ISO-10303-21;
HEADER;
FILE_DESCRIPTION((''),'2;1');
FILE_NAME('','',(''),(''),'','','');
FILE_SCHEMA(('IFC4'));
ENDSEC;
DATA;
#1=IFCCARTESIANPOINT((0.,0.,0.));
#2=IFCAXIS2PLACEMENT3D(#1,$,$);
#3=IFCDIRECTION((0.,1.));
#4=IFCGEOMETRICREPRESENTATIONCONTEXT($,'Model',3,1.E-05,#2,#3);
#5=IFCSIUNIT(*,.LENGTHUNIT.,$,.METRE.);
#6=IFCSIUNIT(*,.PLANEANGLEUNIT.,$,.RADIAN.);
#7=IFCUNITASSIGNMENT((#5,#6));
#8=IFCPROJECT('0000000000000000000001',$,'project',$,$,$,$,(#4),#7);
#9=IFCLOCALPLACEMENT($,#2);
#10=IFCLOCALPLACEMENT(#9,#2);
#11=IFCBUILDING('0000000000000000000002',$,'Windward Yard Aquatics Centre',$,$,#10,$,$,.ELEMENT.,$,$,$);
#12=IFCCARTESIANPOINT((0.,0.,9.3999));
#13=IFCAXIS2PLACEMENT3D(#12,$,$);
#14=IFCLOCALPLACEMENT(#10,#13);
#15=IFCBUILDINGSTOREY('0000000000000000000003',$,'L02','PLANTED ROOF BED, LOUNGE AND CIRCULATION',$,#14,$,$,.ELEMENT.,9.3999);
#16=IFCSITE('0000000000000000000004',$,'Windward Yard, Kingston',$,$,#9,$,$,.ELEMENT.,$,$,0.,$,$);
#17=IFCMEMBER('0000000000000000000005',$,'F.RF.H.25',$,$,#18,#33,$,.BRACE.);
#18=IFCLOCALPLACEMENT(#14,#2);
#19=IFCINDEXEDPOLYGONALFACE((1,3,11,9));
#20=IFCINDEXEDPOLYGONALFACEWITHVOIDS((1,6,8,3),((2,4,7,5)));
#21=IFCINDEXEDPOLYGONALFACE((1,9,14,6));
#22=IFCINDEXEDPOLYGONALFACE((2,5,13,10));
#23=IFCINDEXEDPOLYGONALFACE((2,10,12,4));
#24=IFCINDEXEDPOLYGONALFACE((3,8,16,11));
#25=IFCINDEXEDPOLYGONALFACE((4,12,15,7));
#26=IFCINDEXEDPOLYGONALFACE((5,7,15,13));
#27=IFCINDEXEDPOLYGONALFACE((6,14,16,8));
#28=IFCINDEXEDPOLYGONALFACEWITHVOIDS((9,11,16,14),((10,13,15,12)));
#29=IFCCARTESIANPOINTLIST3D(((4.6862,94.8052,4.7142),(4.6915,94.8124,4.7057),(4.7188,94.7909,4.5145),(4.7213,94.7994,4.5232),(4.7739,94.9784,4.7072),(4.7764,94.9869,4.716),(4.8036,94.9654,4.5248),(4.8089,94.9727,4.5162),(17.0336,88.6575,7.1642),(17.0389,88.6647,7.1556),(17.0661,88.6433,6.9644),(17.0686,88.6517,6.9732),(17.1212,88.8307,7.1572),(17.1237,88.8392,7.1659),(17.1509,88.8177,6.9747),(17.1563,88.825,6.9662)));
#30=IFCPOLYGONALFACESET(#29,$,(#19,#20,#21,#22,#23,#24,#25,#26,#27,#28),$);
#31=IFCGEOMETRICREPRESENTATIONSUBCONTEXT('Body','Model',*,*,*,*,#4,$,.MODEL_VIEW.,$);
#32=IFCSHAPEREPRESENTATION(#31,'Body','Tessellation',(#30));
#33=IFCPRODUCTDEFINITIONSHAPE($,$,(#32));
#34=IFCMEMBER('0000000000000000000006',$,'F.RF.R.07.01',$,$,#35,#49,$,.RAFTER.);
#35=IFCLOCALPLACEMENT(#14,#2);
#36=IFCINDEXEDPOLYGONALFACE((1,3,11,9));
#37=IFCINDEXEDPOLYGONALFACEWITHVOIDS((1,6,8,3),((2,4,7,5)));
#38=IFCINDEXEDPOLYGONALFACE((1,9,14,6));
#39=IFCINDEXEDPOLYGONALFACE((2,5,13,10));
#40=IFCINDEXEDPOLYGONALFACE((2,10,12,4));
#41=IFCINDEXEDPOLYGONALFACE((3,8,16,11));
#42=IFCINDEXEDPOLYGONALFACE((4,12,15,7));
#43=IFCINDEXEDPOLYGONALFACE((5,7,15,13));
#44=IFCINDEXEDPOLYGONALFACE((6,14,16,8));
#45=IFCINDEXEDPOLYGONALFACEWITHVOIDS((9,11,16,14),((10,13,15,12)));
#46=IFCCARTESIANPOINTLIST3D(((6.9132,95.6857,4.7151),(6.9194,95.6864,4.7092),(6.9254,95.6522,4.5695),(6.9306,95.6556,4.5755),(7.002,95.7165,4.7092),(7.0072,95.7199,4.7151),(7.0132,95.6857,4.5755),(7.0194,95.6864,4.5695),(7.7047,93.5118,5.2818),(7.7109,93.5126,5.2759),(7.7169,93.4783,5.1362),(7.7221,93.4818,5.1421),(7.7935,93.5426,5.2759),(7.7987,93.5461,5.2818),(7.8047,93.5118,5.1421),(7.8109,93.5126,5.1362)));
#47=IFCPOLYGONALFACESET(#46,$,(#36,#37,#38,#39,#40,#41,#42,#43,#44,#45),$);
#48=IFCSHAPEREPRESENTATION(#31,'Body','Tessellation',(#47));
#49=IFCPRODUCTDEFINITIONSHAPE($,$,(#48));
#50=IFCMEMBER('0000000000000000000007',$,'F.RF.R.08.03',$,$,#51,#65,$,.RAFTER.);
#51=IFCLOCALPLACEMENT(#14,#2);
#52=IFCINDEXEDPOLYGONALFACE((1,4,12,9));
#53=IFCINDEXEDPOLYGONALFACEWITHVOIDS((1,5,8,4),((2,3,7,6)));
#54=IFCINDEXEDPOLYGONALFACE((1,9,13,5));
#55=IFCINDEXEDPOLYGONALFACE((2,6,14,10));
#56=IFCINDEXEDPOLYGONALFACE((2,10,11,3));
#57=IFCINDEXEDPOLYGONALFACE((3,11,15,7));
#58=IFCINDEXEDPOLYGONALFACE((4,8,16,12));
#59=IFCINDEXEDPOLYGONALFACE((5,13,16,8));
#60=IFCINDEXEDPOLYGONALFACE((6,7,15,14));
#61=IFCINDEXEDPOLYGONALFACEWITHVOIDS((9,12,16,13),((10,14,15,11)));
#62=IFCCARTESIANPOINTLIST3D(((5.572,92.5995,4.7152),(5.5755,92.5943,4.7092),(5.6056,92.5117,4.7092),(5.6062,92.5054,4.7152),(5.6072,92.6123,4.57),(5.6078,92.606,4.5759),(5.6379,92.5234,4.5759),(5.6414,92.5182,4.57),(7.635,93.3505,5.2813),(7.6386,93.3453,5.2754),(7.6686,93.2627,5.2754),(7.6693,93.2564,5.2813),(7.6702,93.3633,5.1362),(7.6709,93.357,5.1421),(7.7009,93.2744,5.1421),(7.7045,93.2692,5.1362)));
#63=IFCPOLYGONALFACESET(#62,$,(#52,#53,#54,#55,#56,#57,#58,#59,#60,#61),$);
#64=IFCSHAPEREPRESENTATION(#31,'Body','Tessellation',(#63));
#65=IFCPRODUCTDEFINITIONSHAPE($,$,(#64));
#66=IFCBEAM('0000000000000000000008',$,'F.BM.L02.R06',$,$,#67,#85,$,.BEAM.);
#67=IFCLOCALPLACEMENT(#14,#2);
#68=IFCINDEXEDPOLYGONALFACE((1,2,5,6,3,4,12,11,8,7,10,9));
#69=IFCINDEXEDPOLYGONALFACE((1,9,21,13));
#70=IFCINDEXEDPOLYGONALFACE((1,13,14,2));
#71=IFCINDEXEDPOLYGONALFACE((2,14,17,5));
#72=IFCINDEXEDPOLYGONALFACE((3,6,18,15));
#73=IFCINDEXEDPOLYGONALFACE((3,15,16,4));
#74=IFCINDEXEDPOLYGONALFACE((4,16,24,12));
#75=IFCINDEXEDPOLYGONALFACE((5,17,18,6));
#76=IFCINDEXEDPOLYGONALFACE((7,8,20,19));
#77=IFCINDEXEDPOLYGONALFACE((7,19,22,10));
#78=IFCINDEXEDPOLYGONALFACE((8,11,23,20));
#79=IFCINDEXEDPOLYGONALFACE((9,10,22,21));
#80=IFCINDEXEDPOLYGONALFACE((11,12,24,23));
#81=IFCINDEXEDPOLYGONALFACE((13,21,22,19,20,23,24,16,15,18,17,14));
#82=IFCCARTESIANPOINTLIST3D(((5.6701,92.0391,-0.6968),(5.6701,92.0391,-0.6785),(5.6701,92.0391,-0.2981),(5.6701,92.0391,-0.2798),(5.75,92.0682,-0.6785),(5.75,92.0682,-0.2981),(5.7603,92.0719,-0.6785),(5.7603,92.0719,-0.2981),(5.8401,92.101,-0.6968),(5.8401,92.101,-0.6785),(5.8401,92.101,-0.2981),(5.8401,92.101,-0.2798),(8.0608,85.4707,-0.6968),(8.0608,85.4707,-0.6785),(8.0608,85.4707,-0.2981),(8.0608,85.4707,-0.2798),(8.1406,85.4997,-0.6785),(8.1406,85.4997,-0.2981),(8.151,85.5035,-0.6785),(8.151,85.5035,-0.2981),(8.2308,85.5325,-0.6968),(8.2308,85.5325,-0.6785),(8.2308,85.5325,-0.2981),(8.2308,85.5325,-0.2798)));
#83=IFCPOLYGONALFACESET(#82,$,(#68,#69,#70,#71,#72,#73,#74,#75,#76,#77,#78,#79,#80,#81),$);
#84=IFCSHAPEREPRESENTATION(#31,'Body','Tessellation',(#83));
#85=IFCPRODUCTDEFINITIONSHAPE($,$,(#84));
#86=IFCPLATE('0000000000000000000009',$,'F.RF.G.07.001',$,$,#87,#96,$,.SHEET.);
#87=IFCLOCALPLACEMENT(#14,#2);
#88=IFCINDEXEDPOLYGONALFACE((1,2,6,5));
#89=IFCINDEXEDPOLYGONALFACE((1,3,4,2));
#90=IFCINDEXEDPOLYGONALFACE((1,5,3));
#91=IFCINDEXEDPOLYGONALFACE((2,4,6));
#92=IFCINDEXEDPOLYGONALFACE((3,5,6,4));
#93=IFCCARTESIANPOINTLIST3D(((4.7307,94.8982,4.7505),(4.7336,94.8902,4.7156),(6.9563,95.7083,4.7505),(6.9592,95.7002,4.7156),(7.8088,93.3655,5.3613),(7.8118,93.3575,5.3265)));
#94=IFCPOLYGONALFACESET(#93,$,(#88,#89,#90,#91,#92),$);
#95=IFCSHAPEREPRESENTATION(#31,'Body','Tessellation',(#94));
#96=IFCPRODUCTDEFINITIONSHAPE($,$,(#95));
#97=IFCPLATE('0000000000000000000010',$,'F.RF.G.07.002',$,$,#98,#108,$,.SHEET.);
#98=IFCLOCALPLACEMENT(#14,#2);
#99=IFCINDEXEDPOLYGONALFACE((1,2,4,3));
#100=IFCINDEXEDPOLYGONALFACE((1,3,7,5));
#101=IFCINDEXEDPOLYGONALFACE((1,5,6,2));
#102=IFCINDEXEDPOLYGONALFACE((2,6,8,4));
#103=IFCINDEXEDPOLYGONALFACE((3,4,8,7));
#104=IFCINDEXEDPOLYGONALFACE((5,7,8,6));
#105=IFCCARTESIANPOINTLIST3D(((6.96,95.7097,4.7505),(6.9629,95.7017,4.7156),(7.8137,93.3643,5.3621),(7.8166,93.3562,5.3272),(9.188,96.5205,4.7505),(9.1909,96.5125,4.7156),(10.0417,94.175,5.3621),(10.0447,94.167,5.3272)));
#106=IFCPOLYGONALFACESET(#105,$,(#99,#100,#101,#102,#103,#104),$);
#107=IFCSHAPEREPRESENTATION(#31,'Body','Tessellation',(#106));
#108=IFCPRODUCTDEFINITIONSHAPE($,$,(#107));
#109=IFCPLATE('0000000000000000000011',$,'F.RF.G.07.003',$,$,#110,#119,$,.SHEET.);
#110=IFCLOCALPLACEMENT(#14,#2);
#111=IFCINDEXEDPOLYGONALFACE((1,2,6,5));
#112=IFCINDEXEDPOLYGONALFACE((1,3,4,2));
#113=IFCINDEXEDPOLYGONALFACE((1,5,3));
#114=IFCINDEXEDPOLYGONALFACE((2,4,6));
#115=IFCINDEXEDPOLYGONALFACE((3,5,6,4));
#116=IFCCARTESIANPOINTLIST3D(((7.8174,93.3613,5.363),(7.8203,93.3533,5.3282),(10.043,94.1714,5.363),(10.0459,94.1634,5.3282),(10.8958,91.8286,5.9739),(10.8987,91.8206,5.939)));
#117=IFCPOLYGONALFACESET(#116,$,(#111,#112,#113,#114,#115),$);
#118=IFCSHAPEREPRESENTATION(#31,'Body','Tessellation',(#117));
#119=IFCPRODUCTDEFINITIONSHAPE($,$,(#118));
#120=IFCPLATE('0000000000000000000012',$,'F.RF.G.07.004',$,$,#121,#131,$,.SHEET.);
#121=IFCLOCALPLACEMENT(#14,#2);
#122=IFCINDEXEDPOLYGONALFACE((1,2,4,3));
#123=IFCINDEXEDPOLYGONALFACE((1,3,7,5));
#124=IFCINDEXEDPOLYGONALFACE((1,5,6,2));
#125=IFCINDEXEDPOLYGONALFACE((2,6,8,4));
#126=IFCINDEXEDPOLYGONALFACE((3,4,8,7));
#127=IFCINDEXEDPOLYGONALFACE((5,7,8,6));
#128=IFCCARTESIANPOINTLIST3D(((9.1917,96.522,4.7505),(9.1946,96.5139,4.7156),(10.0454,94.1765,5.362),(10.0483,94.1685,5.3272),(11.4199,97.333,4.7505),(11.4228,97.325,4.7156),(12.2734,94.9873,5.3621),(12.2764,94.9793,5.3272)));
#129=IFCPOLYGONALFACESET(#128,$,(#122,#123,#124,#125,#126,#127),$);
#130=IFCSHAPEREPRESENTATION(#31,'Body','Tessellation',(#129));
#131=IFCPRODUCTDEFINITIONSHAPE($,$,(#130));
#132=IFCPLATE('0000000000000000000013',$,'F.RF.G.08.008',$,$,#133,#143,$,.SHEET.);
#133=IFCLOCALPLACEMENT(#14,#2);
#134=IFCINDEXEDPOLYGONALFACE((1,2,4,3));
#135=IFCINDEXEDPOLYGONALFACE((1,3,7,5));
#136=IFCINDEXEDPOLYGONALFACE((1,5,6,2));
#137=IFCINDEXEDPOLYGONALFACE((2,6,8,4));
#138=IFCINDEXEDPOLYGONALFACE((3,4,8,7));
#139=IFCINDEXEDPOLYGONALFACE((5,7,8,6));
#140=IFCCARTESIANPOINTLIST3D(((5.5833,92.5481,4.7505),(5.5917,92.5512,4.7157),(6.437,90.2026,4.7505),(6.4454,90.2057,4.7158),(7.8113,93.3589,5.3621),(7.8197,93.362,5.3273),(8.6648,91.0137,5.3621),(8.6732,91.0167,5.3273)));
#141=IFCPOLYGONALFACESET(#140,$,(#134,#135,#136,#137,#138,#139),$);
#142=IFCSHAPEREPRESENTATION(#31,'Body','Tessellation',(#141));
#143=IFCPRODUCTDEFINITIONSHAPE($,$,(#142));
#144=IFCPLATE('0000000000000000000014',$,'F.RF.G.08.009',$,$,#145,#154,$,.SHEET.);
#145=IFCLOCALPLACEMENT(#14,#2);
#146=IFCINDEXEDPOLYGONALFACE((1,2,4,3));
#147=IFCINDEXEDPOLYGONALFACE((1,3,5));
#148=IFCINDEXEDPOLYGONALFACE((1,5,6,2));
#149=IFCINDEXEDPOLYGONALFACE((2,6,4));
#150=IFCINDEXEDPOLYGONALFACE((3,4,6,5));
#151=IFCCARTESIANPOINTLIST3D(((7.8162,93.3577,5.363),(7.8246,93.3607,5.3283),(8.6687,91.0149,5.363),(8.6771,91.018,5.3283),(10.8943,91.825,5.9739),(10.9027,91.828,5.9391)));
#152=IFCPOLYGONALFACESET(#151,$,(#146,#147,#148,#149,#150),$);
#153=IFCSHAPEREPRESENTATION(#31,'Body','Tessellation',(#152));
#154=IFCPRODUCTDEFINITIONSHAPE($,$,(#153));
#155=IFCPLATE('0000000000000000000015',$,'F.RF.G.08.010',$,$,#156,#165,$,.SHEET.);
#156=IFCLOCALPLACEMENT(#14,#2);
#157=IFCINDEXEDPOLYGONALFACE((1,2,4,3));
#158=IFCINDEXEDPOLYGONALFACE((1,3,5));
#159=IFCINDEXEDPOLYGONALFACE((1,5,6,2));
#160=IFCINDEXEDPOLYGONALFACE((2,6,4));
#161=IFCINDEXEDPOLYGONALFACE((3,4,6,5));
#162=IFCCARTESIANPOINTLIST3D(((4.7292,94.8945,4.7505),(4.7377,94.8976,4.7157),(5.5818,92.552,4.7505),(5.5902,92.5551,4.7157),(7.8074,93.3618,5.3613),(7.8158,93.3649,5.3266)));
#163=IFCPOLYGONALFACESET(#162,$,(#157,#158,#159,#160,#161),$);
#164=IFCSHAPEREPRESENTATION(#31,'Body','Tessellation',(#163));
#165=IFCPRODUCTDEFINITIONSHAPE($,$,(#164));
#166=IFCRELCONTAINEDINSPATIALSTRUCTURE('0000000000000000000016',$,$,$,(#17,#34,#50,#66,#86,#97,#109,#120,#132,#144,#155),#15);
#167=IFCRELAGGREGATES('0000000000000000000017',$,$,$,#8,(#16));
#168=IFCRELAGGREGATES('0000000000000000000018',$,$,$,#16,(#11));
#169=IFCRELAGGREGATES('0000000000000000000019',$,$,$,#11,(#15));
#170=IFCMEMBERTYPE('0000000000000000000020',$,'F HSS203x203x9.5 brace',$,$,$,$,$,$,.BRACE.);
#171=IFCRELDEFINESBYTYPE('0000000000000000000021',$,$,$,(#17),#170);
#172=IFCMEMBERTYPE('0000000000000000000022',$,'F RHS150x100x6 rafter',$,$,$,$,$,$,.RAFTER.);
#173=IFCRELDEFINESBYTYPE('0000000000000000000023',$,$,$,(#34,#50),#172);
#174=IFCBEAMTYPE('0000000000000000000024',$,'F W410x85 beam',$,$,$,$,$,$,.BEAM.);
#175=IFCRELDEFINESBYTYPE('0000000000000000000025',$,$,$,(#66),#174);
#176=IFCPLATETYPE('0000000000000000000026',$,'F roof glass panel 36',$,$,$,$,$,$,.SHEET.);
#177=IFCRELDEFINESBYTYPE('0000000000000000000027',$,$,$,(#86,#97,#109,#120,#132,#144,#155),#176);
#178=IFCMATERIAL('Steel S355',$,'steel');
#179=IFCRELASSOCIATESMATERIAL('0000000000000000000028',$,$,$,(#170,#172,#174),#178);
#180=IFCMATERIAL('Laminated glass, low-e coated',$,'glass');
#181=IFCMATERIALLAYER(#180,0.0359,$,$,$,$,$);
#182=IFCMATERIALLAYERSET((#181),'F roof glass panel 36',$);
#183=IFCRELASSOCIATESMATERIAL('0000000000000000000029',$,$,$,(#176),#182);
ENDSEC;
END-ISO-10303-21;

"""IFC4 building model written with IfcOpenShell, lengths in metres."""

from ifc_helpers import new_model, si_unit, direction, frame, origin, origin_2d, place, context, subcontext, project, spatial, polyline, hollow_rectangle, i_section, outline, extrude, material, layer, layer_set, material_profile, profile_set, type_object, element, save


model = new_model("IFC4")

# Units and contexts
model_context = context("Model", 3, precision=1e-05, world=origin(), true_north=direction((0.0, 1.0)))
body_context = subcontext(model_context, "Body", "Model", "MODEL_VIEW")
ifc_project = project(units=[si_unit("LENGTHUNIT", "METRE"), si_unit("PLANEANGLEUNIT", "RADIAN")], contexts=[model_context])

# Site, building, storey
site_placement = place(None, origin())
site = spatial("IfcSite", under=ifc_project, at=site_placement, Name="Windward Yard, Kingston", CompositionType="ELEMENT", RefElevation=0.0)
building_placement = place(site_placement, origin())
building = spatial("IfcBuilding", under=site, at=building_placement, Name="Windward Yard Aquatics Centre", CompositionType="ELEMENT")
storey_placement = place(building_placement, frame((0.0, 0.0, 9.3999)))
storey = spatial("IfcBuildingStorey", under=building, at=storey_placement, Name="L02", Description="PLANTED ROOF BED, LOUNGE AND CIRCULATION", CompositionType="ELEMENT", Elevation=9.3999)

# Members
ifc_material_1 = material(Name="Steel S355", Category="steel")
ifc_material_profile_1 = material_profile(ifc_material_1, hollow_rectangle(XDim=0.2029, YDim=0.2029, WallThickness=0.0088, at=origin_2d()), Name="HSS203x203x9.5")
ifc_profile_set_1 = profile_set([ifc_material_profile_1], Name="Steel S355")
member_type_1 = type_object("IfcMemberType", Name="F HSS203x203x9.5 brace", PredefinedType="BRACE", material=ifc_profile_set_1)
member_1_placement = place(storey_placement, frame((4.7476, 94.8889, 4.6152), z_axis=(0.881385, -0.438836, 0.174883), x_axis=(0.444325, 0.895825, 0.008573)))
element("IfcMember", 1, at=member_1_placement, inside=storey, type_object=member_type_1, Name="F.RF.H.25", PredefinedType="BRACE", context=body_context, shape_type="SweptSolid", body=[
    extrude(hollow_rectangle(XDim=0.2029, YDim=0.2029, WallThickness=0.0088, at=origin_2d()), origin(), (0.0, 0.0, 1.0), 14.009),
])
ifc_material_profile_2 = material_profile(ifc_material_1, hollow_rectangle(XDim=0.1001, YDim=0.1499, WallThickness=0.0061, at=origin_2d()), Name="RHS150x100x6")
ifc_profile_set_2 = profile_set([ifc_material_profile_2], Name="Steel S355")
member_type_2 = type_object("IfcMemberType", Name="F RHS150x100x6 rafter", PredefinedType="RAFTER", material=ifc_profile_set_2)
member_2_placement = place(storey_placement, frame((6.9663, 95.686, 4.6423), z_axis=(0.33231, -0.912673, 0.237906), x_axis=(0.939652, 0.342133, 0.0)))
element("IfcMember", 2, at=member_2_placement, inside=storey, type_object=member_type_2, Name="F.RF.R.07.01", PredefinedType="RAFTER", context=body_context, shape_type="SweptSolid", body=[
    extrude(hollow_rectangle(XDim=0.1001, YDim=0.1499, WallThickness=0.0061, at=origin_2d()), origin(), (0.0, 0.0, 1.0), 2.3818),
])
member_3_placement = place(storey_placement, frame((5.6067, 92.5588, 4.6426), z_axis=(0.909907, 0.331228, 0.249713), x_axis=(-0.342064, 0.939676, 0.0)))
element("IfcMember", 3, at=member_3_placement, inside=storey, type_object=member_type_2, Name="F.RF.R.08.03", PredefinedType="RAFTER", context=body_context, shape_type="SweptSolid", body=[
    extrude(hollow_rectangle(XDim=0.1001, YDim=0.1499, WallThickness=0.0061, at=origin_2d()), origin(), (0.0, 0.0, 1.0), 2.2673),
])

# Beam
ifc_material_profile_3 = material_profile(ifc_material_1, i_section(OverallWidth=0.1809, OverallDepth=0.417, WebThickness=0.011, FlangeThickness=0.0183, at=origin_2d()), Name="W410x85")
ifc_profile_set_3 = profile_set([ifc_material_profile_3], Name="Steel S355")
beam_type = type_object("IfcBeamType", Name="F W410x85 beam", PredefinedType="BEAM", material=ifc_profile_set_3)
beam_placement = place(storey_placement, frame((5.7551, 92.0701, -0.4883), z_axis=(0.342012, -0.939695, 0.0), x_axis=(0.939695, 0.342012, 0.0)))
element("IfcBeam", 4, at=beam_placement, inside=storey, type_object=beam_type, Name="F.BM.L02.R06", PredefinedType="BEAM", context=body_context, shape_type="SweptSolid", body=[
    extrude(i_section(OverallWidth=0.1809, OverallDepth=0.417, WebThickness=0.011, FlangeThickness=0.0183, at=origin_2d()), origin(), (0.0, 0.0, 1.0), 6.99),
])

# Plates
ifc_material_2 = material(Name="Laminated glass, low-e coated", Category="glass")
ifc_layer_1 = layer(ifc_material_2, 0.0359)
ifc_layer_set_1 = layer_set([ifc_layer_1], Name="F roof glass panel 36")
plate_type = type_object("IfcPlateType", Name="F roof glass panel 36", PredefinedType="SHEET", material=ifc_layer_set_1)
plate_1_placement = place(storey_placement, frame((4.7307, 94.8982, 4.7505), z_axis=(-0.081394, 0.223624, 0.971271), x_axis=(0.939691, 0.342024, 0.0)))
element("IfcPlate", 5, at=plate_1_placement, inside=storey, type_object=plate_type, Name="F.RF.G.07.001", PredefinedType="SHEET", context=body_context, shape_type="SweptSolid", body=[
    extrude(outline(polyline([(0.0, 0.0), (2.3684, 0.0), (2.3683, -2.5668), (0.0, 0.0)])), origin(), (0.0, 0.0, -1.0), 0.0359),
])
plate_2_placement = place(storey_placement, frame((6.96, 95.7097, 4.7505), z_axis=(-0.081381, 0.223633, 0.97127), x_axis=(0.939712, 0.341966, 0.0)))
element("IfcPlate", 6, at=plate_2_placement, inside=storey, type_object=plate_type, Name="F.RF.G.07.002", PredefinedType="SHEET", context=body_context, shape_type="SweptSolid", body=[
    extrude(outline(polyline([(0.0, 0.0), (2.371, 0.0), (2.3712, -2.5698), (0.0002, -2.5698), (0.0, 0.0)])), origin(), (0.0, 0.0, -1.0), 0.0359),
])
plate_3_placement = place(storey_placement, frame((7.8174, 93.3613, 5.363), z_axis=(-0.081391, 0.223617, 0.971273), x_axis=(0.939691, 0.342024, 0.0)))
element("IfcPlate", 7, at=plate_3_placement, inside=storey, type_object=plate_type, Name="F.RF.G.07.003", PredefinedType="SHEET", context=body_context, shape_type="SweptSolid", body=[
    extrude(outline(polyline([(0.0, 0.0), (2.3684, 0.0), (2.3685, -2.5669), (0.0, 0.0)])), origin(), (0.0, 0.0, -1.0), 0.0359),
])
plate_4_placement = place(storey_placement, frame((9.1917, 96.522, 4.7505), z_axis=(-0.081386, 0.223624, 0.971272), x_axis=(0.939692, 0.342022, -0.000007)))
element("IfcPlate", 8, at=plate_4_placement, inside=storey, type_object=plate_type, Name="F.RF.G.07.004", PredefinedType="SHEET", context=body_context, shape_type="SweptSolid", body=[
    extrude(outline(polyline([(0.0, 0.0), (2.3713, 0.0), (2.371, -2.57), (0.0001, -2.5698), (0.0, 0.0)])), origin(), (0.0, 0.0, -1.0), 0.0359),
])
plate_5_placement = place(storey_placement, frame((5.5833, 92.5481, 4.7505), z_axis=(-0.234711, -0.085428, 0.968304), x_axis=(0.909927, 0.331127, 0.249774)))
element("IfcPlate", 9, at=plate_5_placement, inside=storey, type_object=plate_type, Name="F.RF.G.08.008", PredefinedType="SHEET", context=body_context, shape_type="SweptSolid", body=[
    extrude(outline(polyline([(0.0, 0.0), (2.4486, 0.0), (2.4486, -2.4957), (0.0002, -2.496), (0.0, 0.0)])), origin(), (0.0, 0.0, -1.0), 0.0359),
])
plate_6_placement = place(storey_placement, frame((7.8162, 93.3577, 5.363), z_axis=(-0.234682, -0.085401, 0.968314), x_axis=(0.881366, -0.438865, 0.174903)))
element("IfcPlate", 10, at=plate_6_placement, inside=storey, type_object=plate_type, Name="F.RF.G.08.009", PredefinedType="SHEET", context=body_context, shape_type="SweptSolid", body=[
    extrude(outline(polyline([(0.0, 0.0), (3.4924, 0.0), (1.7796, -1.746), (0.0, 0.0)])), origin(), (0.0, 0.0, -1.0), 0.0359),
])
plate_7_placement = place(storey_placement, frame((4.7292, 94.8945, 4.7505), z_axis=(-0.234687, -0.085412, 0.968311), x_axis=(0.881366, -0.438865, 0.174903)))
element("IfcPlate", 11, at=plate_7_placement, inside=storey, type_object=plate_type, Name="F.RF.G.08.010", PredefinedType="SHEET", context=body_context, shape_type="SweptSolid", body=[
    extrude(outline(polyline([(0.0, 0.0), (3.4924, 0.0), (1.7795, -1.7458), (0.0, 0.0)])), origin(), (0.0, 0.0, -1.0), 0.0359),
])

save(model, "model.ifc")
